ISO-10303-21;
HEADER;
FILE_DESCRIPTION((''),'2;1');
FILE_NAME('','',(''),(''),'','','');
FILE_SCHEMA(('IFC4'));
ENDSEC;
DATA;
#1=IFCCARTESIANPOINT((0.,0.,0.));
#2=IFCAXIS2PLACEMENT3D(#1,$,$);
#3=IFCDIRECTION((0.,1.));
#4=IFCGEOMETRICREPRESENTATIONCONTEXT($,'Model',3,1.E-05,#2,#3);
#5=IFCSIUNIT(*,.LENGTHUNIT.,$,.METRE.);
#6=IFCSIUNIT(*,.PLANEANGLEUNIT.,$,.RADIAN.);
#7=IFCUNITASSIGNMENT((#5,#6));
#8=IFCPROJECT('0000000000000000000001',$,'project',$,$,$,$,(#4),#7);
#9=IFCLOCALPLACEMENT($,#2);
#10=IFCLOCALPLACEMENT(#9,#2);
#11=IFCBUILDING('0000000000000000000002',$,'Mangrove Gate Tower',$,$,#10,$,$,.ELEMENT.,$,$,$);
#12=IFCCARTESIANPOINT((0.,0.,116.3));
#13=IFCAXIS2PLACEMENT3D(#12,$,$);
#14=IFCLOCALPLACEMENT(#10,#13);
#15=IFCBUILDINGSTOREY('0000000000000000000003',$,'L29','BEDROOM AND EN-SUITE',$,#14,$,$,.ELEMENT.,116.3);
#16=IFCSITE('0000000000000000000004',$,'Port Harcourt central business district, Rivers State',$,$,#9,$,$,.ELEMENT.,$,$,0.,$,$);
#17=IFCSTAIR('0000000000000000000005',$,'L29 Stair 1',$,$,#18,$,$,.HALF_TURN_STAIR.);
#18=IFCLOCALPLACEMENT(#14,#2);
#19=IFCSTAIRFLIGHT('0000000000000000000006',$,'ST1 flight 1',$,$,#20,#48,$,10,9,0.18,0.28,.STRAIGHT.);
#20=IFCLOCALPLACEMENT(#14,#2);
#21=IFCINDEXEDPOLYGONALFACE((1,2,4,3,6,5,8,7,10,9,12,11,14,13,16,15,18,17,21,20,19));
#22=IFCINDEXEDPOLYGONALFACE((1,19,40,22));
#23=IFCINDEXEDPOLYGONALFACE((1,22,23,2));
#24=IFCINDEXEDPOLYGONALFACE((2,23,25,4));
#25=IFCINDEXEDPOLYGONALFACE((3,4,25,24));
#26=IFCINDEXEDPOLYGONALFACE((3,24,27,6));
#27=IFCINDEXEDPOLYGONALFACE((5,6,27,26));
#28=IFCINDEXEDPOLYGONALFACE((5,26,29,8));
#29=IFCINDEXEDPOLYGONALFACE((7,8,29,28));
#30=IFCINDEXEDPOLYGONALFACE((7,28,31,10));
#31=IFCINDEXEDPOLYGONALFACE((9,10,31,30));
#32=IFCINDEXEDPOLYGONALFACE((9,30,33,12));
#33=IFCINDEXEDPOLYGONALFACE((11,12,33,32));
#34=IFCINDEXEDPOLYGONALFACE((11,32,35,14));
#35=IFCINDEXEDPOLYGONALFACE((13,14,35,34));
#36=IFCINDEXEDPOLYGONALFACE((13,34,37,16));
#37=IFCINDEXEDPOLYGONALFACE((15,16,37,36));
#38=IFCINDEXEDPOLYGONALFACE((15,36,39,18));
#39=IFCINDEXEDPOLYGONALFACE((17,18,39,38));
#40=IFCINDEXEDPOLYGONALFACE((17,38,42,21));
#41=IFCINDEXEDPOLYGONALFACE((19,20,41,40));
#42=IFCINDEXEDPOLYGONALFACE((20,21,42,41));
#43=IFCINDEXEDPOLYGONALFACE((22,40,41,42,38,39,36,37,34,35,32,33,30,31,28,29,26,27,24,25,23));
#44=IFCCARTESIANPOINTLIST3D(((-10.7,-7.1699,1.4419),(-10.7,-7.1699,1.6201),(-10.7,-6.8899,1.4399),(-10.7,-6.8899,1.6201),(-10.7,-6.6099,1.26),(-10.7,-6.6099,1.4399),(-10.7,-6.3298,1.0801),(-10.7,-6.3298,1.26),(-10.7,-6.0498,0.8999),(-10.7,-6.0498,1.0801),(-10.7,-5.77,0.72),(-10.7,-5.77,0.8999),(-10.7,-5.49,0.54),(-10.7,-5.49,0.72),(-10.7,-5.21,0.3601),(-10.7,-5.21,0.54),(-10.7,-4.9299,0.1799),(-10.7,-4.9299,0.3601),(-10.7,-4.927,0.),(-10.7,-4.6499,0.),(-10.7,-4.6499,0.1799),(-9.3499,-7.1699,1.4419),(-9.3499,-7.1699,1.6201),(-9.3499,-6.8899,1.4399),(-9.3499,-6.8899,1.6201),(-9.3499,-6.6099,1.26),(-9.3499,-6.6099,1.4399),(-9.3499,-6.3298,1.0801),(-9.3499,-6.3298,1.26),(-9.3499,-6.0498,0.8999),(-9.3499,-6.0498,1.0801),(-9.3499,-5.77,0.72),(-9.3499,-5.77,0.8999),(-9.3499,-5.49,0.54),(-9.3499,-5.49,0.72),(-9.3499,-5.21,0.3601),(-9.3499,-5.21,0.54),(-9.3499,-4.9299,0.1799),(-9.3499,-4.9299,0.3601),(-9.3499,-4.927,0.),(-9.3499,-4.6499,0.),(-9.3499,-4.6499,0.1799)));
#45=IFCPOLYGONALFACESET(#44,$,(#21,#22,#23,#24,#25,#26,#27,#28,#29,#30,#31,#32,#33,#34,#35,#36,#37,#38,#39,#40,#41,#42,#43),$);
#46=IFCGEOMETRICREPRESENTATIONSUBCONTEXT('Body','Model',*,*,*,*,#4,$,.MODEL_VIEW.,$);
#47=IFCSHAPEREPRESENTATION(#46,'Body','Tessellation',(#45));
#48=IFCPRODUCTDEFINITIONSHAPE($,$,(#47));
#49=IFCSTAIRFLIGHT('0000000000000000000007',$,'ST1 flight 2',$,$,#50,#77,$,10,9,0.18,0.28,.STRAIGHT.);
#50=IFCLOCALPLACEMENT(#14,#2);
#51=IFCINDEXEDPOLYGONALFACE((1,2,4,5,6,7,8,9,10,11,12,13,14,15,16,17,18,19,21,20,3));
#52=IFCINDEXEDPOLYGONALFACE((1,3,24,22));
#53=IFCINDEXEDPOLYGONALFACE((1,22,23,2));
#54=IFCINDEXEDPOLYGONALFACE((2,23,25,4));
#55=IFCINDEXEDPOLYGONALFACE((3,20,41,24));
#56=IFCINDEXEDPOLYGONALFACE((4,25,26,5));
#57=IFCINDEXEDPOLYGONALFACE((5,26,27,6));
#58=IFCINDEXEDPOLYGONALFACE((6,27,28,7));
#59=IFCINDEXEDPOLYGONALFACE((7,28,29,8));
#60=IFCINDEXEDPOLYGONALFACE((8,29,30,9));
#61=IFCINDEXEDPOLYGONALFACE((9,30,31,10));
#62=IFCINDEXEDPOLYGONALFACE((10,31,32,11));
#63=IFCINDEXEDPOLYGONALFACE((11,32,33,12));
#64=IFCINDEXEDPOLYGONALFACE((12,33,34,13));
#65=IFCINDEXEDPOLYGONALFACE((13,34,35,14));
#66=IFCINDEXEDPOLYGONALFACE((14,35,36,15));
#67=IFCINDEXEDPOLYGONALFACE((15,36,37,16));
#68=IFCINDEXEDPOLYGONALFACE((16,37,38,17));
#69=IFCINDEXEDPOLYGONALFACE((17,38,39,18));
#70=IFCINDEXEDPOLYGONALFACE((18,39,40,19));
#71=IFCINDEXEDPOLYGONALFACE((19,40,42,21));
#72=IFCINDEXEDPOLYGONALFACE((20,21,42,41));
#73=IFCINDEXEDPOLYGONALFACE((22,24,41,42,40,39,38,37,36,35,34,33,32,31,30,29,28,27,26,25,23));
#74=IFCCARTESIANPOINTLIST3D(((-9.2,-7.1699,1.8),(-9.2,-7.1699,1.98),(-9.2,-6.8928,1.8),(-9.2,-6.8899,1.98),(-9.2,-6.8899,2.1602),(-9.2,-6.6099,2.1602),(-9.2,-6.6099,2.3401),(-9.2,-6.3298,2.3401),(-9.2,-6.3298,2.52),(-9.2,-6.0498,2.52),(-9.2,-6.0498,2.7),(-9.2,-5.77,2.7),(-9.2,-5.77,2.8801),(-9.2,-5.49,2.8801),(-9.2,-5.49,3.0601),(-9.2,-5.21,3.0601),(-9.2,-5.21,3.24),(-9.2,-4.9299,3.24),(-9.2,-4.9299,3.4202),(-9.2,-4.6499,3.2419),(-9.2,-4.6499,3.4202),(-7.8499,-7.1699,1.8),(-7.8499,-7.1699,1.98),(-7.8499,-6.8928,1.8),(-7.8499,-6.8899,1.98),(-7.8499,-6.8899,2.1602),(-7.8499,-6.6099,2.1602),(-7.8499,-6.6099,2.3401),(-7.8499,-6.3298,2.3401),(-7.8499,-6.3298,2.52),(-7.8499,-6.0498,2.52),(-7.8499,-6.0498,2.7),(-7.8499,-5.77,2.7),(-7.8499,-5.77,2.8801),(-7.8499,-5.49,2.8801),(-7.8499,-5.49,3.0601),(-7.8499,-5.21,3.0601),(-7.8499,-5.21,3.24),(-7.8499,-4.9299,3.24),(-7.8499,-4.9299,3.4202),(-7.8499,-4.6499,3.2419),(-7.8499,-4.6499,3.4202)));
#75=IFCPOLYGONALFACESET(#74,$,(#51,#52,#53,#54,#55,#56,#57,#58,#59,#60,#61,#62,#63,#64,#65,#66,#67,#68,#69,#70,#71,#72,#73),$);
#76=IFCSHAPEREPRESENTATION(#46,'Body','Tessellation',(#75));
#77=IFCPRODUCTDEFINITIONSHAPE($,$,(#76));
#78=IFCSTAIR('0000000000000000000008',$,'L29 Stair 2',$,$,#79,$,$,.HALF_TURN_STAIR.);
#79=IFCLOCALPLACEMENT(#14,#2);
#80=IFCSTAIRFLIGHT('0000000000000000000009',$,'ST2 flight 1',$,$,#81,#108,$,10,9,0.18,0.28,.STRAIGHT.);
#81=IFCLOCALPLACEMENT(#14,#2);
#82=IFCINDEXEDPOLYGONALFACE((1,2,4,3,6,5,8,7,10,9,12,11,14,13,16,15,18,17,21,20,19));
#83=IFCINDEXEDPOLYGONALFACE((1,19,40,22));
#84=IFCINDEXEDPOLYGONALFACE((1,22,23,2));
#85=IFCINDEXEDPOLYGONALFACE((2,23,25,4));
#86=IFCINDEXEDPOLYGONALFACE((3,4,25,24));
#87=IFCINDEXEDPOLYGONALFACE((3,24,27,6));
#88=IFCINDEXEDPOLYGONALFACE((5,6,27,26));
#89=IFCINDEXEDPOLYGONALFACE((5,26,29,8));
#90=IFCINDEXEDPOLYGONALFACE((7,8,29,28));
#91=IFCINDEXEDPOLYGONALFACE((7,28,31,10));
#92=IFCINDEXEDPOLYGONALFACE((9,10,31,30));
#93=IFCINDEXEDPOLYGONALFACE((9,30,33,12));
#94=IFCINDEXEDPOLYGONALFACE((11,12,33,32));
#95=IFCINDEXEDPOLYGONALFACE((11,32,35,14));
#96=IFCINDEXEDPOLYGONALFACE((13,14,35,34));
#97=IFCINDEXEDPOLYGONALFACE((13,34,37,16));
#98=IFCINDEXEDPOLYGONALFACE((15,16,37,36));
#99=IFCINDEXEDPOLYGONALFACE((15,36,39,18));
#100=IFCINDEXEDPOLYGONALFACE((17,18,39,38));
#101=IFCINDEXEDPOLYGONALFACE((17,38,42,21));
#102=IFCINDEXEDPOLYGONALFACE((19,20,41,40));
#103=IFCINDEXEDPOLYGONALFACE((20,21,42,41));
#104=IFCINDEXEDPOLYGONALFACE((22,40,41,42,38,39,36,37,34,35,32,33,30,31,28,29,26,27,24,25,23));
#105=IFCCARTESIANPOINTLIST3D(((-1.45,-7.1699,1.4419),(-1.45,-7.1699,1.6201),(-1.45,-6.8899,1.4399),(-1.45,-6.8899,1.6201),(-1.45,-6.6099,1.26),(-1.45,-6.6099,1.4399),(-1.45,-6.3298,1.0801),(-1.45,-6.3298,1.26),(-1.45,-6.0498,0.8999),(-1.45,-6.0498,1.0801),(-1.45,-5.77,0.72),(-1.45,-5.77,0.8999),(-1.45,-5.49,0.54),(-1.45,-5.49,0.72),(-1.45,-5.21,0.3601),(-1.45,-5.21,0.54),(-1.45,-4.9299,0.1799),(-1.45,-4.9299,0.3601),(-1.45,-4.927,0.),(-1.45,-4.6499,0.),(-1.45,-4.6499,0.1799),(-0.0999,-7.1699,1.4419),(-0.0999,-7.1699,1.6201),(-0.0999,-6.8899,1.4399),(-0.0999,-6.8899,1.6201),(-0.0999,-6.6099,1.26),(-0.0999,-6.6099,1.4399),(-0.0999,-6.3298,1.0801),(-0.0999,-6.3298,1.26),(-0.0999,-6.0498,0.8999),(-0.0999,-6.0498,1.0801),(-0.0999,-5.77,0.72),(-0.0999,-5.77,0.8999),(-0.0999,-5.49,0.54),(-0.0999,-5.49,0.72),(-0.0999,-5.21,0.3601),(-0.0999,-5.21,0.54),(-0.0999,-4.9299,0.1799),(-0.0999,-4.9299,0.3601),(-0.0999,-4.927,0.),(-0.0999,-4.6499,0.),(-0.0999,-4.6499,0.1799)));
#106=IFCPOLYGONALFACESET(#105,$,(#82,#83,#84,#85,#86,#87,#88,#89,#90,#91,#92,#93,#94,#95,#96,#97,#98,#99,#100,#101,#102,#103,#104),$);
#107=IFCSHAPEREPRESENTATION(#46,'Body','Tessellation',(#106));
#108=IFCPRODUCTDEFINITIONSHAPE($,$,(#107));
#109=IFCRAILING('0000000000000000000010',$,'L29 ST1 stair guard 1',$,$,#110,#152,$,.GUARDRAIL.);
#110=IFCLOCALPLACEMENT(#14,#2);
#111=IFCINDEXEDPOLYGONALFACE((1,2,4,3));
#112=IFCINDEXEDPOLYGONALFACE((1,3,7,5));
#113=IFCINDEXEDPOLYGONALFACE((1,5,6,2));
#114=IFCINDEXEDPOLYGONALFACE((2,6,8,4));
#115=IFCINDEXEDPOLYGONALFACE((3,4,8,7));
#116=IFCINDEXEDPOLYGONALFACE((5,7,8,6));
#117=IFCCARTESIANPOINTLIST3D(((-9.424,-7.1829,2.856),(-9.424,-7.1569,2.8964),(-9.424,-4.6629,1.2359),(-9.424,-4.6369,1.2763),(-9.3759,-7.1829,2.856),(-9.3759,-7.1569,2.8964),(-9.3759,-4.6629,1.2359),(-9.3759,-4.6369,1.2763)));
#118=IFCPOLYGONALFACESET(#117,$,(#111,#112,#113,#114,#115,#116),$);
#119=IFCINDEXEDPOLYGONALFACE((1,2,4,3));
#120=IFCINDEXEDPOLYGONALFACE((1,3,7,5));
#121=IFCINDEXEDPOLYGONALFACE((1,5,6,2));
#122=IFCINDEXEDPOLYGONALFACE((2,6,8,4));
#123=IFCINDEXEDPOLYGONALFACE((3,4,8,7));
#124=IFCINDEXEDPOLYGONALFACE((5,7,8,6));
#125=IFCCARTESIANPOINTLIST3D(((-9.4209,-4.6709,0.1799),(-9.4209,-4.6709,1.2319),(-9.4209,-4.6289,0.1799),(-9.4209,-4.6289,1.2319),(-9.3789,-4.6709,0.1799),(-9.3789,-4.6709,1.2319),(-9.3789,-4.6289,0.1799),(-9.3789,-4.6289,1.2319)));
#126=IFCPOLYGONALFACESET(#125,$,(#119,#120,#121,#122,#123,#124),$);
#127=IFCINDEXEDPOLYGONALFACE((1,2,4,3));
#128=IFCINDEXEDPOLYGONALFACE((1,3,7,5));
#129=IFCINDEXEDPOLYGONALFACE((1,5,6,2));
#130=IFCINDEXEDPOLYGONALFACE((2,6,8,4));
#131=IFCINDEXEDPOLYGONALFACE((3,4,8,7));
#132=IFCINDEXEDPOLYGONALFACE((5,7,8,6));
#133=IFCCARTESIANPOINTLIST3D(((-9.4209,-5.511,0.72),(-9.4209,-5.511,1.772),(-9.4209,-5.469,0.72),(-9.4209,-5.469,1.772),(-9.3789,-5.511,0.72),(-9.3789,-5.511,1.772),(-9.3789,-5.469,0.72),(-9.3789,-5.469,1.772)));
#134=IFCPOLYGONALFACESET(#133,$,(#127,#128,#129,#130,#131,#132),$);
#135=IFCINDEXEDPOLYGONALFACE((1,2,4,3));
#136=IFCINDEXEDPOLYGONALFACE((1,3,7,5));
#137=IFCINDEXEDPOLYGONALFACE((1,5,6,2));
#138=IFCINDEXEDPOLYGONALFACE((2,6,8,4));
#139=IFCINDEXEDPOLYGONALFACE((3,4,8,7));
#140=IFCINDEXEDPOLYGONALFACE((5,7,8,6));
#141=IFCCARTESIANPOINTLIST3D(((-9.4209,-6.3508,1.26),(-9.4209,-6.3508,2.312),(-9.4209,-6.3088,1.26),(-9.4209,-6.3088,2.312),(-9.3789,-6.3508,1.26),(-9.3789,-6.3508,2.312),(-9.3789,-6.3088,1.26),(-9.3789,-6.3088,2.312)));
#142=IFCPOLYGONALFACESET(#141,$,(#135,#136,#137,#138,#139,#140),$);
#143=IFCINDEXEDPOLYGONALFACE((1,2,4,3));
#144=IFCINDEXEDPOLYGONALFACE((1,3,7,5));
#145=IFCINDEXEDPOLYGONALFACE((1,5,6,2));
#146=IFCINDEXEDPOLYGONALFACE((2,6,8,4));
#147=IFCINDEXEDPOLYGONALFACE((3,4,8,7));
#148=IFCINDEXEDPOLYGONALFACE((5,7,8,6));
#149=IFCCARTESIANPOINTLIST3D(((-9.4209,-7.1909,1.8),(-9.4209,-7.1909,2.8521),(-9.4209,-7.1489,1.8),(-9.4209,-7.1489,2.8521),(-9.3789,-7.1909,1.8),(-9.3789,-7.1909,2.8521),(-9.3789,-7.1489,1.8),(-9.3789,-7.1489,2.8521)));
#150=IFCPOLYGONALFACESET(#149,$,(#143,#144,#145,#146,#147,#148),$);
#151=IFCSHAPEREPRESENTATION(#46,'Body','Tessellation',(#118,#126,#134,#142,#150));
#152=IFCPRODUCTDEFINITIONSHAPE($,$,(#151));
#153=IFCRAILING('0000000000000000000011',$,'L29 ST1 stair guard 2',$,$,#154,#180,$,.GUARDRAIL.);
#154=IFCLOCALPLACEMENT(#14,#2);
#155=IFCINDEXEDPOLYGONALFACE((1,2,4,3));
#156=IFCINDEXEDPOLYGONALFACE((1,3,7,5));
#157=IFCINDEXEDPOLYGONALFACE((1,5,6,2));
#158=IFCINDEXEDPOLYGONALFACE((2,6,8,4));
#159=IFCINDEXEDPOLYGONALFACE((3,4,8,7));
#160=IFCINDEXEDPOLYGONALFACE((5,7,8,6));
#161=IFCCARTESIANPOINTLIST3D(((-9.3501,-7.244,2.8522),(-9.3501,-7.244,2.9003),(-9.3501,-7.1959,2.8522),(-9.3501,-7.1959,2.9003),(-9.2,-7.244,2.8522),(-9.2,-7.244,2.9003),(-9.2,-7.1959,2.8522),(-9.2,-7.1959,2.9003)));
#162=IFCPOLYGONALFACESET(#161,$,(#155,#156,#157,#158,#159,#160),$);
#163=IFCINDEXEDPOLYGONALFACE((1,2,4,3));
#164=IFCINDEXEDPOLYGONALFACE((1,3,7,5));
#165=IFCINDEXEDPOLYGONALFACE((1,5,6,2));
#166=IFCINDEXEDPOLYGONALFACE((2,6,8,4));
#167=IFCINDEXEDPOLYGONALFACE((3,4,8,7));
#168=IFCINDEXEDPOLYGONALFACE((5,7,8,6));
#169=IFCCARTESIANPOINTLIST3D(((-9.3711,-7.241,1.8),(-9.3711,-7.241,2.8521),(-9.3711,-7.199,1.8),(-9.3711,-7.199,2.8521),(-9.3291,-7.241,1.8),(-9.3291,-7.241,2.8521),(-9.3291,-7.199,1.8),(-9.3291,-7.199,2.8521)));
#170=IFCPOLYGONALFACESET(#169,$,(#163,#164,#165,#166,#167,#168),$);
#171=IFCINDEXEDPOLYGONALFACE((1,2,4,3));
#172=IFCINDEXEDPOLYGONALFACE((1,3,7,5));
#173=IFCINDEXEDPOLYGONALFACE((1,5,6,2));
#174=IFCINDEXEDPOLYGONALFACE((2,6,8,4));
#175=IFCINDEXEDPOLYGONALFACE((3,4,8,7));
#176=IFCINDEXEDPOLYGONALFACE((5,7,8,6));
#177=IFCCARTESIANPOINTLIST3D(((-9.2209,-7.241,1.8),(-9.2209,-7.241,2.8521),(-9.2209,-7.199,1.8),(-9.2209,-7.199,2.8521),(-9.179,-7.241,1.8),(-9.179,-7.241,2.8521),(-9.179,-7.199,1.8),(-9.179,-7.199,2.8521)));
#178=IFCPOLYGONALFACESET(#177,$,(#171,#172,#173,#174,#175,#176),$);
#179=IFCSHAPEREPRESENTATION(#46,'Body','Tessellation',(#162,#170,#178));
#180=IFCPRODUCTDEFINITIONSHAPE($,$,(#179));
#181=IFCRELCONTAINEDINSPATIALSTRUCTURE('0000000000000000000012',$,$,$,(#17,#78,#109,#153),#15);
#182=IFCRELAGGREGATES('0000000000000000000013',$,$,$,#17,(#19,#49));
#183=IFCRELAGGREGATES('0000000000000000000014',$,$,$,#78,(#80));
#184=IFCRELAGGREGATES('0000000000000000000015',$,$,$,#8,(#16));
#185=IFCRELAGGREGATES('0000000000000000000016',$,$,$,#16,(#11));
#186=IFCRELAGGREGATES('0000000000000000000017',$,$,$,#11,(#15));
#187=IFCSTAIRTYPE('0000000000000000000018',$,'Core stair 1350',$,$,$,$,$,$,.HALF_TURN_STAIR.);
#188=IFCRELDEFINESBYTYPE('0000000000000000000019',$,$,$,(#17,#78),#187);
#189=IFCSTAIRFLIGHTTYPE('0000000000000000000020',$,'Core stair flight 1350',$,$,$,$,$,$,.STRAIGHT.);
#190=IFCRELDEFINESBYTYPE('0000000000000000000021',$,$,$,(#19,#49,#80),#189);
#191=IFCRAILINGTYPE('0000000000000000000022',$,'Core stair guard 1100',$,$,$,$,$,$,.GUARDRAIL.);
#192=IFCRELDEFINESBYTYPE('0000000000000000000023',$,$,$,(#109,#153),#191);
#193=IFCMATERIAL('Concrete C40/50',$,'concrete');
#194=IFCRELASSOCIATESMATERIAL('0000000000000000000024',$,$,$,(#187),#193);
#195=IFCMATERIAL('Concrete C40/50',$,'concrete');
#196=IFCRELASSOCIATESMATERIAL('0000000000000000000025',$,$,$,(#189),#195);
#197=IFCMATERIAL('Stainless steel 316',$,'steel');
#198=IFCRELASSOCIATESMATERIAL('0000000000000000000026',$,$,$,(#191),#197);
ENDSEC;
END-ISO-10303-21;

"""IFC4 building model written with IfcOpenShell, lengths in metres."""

from ifc_helpers import new_model, si_unit, direction, frame, origin, origin_2d, place, context, subcontext, project, spatial, polyline, rectangle, outline, extrude, material, type_object, element, aggregate, save


model = new_model("IFC4")

# Units and contexts
model_context = context("Model", 3, precision=1e-05, world=origin(), true_north=direction((0.0, 1.0)))
body_context = subcontext(model_context, "Body", "Model", "MODEL_VIEW")
ifc_project = project(units=[si_unit("LENGTHUNIT", "METRE"), si_unit("PLANEANGLEUNIT", "RADIAN")], contexts=[model_context])

# Site, building, storey
site_placement = place(None, origin())
site = spatial("IfcSite", under=ifc_project, at=site_placement, Name="Port Harcourt central business district, Rivers State", CompositionType="ELEMENT", RefElevation=0.0)
building_placement = place(site_placement, origin())
building = spatial("IfcBuilding", under=site, at=building_placement, Name="Mangrove Gate Tower", CompositionType="ELEMENT")
storey_placement = place(building_placement, frame((0.0, 0.0, 116.3)))
storey = spatial("IfcBuildingStorey", under=building, at=storey_placement, Name="L29", Description="BEDROOM AND EN-SUITE", CompositionType="ELEMENT", Elevation=116.3)

# Stair, stair flights
ifc_material_1 = material(Name="Concrete C40/50", Category="concrete")
stair_type = type_object("IfcStairType", Name="Core stair 1350", PredefinedType="HALF_TURN_STAIR", material=ifc_material_1)
stair_1_placement = place(storey_placement, origin())
stair_1 = element("IfcStair", 1, at=stair_1_placement, inside=storey, type_object=stair_type, Name="L29 Stair 1", PredefinedType="HALF_TURN_STAIR")
ifc_material_2 = material(Name="Concrete C40/50", Category="concrete")
stair_flight_type = type_object("IfcStairFlightType", Name="Core stair flight 1350", PredefinedType="STRAIGHT", material=ifc_material_2)
stair_flight_1_placement = place(storey_placement, frame((-10.0249, -4.6499, 0.0), z_axis=(0.0, 0.0, 1.0), x_axis=(0.0, -1.0, 0.0)))
stair_flight_1 = element("IfcStairFlight", 2, at=stair_flight_1_placement, type_object=stair_flight_type, Name="ST1 flight 1", NumberOfRisers=10, NumberOfTreads=9, PredefinedType="STRAIGHT", RiserHeight=0.18, TreadLength=0.28, context=body_context, shape_type="SweptSolid", body=[
    extrude(outline(polyline([(0.0, 0.0), (0.0, 0.1799), (0.28, 0.1799), (0.28, 0.3601), (0.5601, 0.3601), (0.5601, 0.54), (0.8401, 0.54), (0.8401, 0.72), (1.1201, 0.72), (1.1201, 0.8999), (1.3999, 0.8999), (1.3999, 1.0801), (1.6799, 1.0801), (1.6799, 1.26), (1.96, 1.26), (1.96, 1.4399), (2.24, 1.4399), (2.24, 1.6201), (2.52, 1.6201), (2.52, 1.8), (2.52, 1.4419), (0.2771, 0.0), (0.0, 0.0)])), frame((0.0, 0.675, 0.0), z_axis=(0.0, -1.0, 0.0), x_axis=(1.0, 0.0, 0.0)), (0.0, 0.0, 1.0), 1.3501),
])
stair_flight_2_placement = place(storey_placement, frame((-8.5249, -7.1699, 1.8), z_axis=(0.0, 0.0, 1.0), x_axis=(0.0, 1.0, 0.0)))
stair_flight_2 = element("IfcStairFlight", 3, at=stair_flight_2_placement, type_object=stair_flight_type, Name="ST1 flight 2", NumberOfRisers=10, NumberOfTreads=9, PredefinedType="STRAIGHT", RiserHeight=0.18, TreadLength=0.28, context=body_context, shape_type="SweptSolid", body=[
    extrude(outline(polyline([(0.0, 0.0), (0.0, 0.1799), (0.28, 0.1799), (0.28, 0.3601), (0.5601, 0.3601), (0.5601, 0.54), (0.8401, 0.54), (0.8401, 0.72), (1.1201, 0.72), (1.1201, 0.8999), (1.3999, 0.8999), (1.3999, 1.0801), (1.6799, 1.0801), (1.6799, 1.26), (1.96, 1.26), (1.96, 1.4399), (2.24, 1.4399), (2.24, 1.6201), (2.52, 1.6201), (2.52, 1.8), (2.52, 1.4419), (0.2771, 0.0), (0.0, 0.0)])), frame((0.0, 0.675, 0.0), z_axis=(0.0, -1.0, 0.0), x_axis=(1.0, 0.0, 0.0)), (0.0, 0.0, 1.0), 1.3501),
])
aggregate(stair_1, [stair_flight_1, stair_flight_2])

# Stair, stair flight
stair_2_placement = place(storey_placement, origin())
stair_2 = element("IfcStair", 4, at=stair_2_placement, inside=storey, type_object=stair_type, Name="L29 Stair 2", PredefinedType="HALF_TURN_STAIR")
stair_flight_3_placement = place(storey_placement, frame((-0.7749, -4.6499, 0.0), z_axis=(0.0, 0.0, 1.0), x_axis=(0.0, -1.0, 0.0)))
stair_flight_3 = element("IfcStairFlight", 5, at=stair_flight_3_placement, type_object=stair_flight_type, Name="ST2 flight 1", NumberOfRisers=10, NumberOfTreads=9, PredefinedType="STRAIGHT", RiserHeight=0.18, TreadLength=0.28, context=body_context, shape_type="SweptSolid", body=[
    extrude(outline(polyline([(0.0, 0.0), (0.0, 0.1799), (0.28, 0.1799), (0.28, 0.3601), (0.5601, 0.3601), (0.5601, 0.54), (0.8401, 0.54), (0.8401, 0.72), (1.1201, 0.72), (1.1201, 0.8999), (1.3999, 0.8999), (1.3999, 1.0801), (1.6799, 1.0801), (1.6799, 1.26), (1.96, 1.26), (1.96, 1.4399), (2.24, 1.4399), (2.24, 1.6201), (2.52, 1.6201), (2.52, 1.8), (2.52, 1.4419), (0.2771, 0.0), (0.0, 0.0)])), frame((0.0, 0.675, 0.0), z_axis=(0.0, -1.0, 0.0), x_axis=(1.0, 0.0, 0.0)), (0.0, 0.0, 1.0), 1.3501),
])
aggregate(stair_2, [stair_flight_3])

# Railings
ifc_material_3 = material(Name="Stainless steel 316", Category="steel")
railing_type_1 = type_object("IfcRailingType", Name="Core stair guard 1100", PredefinedType="GUARDRAIL", material=ifc_material_3)
railing_1_placement = place(storey_placement, frame((-9.3999, -4.6499, 0.1799)))
element("IfcRailing", 6, at=railing_1_placement, inside=storey, type_object=railing_type_1, Name="L29 ST1 stair guard 1", PredefinedType="GUARDRAIL", context=body_context, shape_type="SweptSolid", body=[
    extrude(rectangle(XDim=0.0481, YDim=0.0481, at=origin_2d()), frame((0.0, 0.0, 1.0762), z_axis=(0.0, -0.841163, 0.540782), x_axis=(1.0, 0.0, 0.0)), (0.0, 0.0, 1.0), 2.9958),
    extrude(rectangle(XDim=0.042, YDim=0.042, at=origin_2d()), origin(), (0.0, 0.0, 1.0), 1.052),
    extrude(rectangle(XDim=0.042, YDim=0.042, at=origin_2d()), frame((0.0, -0.8401, 0.54)), (0.0, 0.0, 1.0), 1.052),
    extrude(rectangle(XDim=0.042, YDim=0.042, at=origin_2d()), frame((0.0, -1.6799, 1.0801)), (0.0, 0.0, 1.0), 1.052),
    extrude(rectangle(XDim=0.042, YDim=0.042, at=origin_2d()), frame((0.0, -2.52, 1.6201)), (0.0, 0.0, 1.0), 1.052),
])
railing_2_placement = place(storey_placement, frame((-9.3501, -7.22, 1.8)))
element("IfcRailing", 7, at=railing_2_placement, inside=storey, type_object=railing_type_1, Name="L29 ST1 stair guard 2", PredefinedType="GUARDRAIL", context=body_context, shape_type="SweptSolid", body=[
    extrude(rectangle(XDim=0.0481, YDim=0.0481, at=origin_2d()), frame((0.0, 0.0, 1.0762), z_axis=(1.0, 0.0, 0.0), x_axis=(0.0, 1.0, 0.0)), (0.0, 0.0, 1.0), 0.1501),
    extrude(rectangle(XDim=0.042, YDim=0.042, at=origin_2d()), origin(), (0.0, 0.0, 1.0), 1.052),
    extrude(rectangle(XDim=0.042, YDim=0.042, at=origin_2d()), frame((0.1501, 0.0, 0.0)), (0.0, 0.0, 1.0), 1.052),
])

save(model, "model.ifc")
